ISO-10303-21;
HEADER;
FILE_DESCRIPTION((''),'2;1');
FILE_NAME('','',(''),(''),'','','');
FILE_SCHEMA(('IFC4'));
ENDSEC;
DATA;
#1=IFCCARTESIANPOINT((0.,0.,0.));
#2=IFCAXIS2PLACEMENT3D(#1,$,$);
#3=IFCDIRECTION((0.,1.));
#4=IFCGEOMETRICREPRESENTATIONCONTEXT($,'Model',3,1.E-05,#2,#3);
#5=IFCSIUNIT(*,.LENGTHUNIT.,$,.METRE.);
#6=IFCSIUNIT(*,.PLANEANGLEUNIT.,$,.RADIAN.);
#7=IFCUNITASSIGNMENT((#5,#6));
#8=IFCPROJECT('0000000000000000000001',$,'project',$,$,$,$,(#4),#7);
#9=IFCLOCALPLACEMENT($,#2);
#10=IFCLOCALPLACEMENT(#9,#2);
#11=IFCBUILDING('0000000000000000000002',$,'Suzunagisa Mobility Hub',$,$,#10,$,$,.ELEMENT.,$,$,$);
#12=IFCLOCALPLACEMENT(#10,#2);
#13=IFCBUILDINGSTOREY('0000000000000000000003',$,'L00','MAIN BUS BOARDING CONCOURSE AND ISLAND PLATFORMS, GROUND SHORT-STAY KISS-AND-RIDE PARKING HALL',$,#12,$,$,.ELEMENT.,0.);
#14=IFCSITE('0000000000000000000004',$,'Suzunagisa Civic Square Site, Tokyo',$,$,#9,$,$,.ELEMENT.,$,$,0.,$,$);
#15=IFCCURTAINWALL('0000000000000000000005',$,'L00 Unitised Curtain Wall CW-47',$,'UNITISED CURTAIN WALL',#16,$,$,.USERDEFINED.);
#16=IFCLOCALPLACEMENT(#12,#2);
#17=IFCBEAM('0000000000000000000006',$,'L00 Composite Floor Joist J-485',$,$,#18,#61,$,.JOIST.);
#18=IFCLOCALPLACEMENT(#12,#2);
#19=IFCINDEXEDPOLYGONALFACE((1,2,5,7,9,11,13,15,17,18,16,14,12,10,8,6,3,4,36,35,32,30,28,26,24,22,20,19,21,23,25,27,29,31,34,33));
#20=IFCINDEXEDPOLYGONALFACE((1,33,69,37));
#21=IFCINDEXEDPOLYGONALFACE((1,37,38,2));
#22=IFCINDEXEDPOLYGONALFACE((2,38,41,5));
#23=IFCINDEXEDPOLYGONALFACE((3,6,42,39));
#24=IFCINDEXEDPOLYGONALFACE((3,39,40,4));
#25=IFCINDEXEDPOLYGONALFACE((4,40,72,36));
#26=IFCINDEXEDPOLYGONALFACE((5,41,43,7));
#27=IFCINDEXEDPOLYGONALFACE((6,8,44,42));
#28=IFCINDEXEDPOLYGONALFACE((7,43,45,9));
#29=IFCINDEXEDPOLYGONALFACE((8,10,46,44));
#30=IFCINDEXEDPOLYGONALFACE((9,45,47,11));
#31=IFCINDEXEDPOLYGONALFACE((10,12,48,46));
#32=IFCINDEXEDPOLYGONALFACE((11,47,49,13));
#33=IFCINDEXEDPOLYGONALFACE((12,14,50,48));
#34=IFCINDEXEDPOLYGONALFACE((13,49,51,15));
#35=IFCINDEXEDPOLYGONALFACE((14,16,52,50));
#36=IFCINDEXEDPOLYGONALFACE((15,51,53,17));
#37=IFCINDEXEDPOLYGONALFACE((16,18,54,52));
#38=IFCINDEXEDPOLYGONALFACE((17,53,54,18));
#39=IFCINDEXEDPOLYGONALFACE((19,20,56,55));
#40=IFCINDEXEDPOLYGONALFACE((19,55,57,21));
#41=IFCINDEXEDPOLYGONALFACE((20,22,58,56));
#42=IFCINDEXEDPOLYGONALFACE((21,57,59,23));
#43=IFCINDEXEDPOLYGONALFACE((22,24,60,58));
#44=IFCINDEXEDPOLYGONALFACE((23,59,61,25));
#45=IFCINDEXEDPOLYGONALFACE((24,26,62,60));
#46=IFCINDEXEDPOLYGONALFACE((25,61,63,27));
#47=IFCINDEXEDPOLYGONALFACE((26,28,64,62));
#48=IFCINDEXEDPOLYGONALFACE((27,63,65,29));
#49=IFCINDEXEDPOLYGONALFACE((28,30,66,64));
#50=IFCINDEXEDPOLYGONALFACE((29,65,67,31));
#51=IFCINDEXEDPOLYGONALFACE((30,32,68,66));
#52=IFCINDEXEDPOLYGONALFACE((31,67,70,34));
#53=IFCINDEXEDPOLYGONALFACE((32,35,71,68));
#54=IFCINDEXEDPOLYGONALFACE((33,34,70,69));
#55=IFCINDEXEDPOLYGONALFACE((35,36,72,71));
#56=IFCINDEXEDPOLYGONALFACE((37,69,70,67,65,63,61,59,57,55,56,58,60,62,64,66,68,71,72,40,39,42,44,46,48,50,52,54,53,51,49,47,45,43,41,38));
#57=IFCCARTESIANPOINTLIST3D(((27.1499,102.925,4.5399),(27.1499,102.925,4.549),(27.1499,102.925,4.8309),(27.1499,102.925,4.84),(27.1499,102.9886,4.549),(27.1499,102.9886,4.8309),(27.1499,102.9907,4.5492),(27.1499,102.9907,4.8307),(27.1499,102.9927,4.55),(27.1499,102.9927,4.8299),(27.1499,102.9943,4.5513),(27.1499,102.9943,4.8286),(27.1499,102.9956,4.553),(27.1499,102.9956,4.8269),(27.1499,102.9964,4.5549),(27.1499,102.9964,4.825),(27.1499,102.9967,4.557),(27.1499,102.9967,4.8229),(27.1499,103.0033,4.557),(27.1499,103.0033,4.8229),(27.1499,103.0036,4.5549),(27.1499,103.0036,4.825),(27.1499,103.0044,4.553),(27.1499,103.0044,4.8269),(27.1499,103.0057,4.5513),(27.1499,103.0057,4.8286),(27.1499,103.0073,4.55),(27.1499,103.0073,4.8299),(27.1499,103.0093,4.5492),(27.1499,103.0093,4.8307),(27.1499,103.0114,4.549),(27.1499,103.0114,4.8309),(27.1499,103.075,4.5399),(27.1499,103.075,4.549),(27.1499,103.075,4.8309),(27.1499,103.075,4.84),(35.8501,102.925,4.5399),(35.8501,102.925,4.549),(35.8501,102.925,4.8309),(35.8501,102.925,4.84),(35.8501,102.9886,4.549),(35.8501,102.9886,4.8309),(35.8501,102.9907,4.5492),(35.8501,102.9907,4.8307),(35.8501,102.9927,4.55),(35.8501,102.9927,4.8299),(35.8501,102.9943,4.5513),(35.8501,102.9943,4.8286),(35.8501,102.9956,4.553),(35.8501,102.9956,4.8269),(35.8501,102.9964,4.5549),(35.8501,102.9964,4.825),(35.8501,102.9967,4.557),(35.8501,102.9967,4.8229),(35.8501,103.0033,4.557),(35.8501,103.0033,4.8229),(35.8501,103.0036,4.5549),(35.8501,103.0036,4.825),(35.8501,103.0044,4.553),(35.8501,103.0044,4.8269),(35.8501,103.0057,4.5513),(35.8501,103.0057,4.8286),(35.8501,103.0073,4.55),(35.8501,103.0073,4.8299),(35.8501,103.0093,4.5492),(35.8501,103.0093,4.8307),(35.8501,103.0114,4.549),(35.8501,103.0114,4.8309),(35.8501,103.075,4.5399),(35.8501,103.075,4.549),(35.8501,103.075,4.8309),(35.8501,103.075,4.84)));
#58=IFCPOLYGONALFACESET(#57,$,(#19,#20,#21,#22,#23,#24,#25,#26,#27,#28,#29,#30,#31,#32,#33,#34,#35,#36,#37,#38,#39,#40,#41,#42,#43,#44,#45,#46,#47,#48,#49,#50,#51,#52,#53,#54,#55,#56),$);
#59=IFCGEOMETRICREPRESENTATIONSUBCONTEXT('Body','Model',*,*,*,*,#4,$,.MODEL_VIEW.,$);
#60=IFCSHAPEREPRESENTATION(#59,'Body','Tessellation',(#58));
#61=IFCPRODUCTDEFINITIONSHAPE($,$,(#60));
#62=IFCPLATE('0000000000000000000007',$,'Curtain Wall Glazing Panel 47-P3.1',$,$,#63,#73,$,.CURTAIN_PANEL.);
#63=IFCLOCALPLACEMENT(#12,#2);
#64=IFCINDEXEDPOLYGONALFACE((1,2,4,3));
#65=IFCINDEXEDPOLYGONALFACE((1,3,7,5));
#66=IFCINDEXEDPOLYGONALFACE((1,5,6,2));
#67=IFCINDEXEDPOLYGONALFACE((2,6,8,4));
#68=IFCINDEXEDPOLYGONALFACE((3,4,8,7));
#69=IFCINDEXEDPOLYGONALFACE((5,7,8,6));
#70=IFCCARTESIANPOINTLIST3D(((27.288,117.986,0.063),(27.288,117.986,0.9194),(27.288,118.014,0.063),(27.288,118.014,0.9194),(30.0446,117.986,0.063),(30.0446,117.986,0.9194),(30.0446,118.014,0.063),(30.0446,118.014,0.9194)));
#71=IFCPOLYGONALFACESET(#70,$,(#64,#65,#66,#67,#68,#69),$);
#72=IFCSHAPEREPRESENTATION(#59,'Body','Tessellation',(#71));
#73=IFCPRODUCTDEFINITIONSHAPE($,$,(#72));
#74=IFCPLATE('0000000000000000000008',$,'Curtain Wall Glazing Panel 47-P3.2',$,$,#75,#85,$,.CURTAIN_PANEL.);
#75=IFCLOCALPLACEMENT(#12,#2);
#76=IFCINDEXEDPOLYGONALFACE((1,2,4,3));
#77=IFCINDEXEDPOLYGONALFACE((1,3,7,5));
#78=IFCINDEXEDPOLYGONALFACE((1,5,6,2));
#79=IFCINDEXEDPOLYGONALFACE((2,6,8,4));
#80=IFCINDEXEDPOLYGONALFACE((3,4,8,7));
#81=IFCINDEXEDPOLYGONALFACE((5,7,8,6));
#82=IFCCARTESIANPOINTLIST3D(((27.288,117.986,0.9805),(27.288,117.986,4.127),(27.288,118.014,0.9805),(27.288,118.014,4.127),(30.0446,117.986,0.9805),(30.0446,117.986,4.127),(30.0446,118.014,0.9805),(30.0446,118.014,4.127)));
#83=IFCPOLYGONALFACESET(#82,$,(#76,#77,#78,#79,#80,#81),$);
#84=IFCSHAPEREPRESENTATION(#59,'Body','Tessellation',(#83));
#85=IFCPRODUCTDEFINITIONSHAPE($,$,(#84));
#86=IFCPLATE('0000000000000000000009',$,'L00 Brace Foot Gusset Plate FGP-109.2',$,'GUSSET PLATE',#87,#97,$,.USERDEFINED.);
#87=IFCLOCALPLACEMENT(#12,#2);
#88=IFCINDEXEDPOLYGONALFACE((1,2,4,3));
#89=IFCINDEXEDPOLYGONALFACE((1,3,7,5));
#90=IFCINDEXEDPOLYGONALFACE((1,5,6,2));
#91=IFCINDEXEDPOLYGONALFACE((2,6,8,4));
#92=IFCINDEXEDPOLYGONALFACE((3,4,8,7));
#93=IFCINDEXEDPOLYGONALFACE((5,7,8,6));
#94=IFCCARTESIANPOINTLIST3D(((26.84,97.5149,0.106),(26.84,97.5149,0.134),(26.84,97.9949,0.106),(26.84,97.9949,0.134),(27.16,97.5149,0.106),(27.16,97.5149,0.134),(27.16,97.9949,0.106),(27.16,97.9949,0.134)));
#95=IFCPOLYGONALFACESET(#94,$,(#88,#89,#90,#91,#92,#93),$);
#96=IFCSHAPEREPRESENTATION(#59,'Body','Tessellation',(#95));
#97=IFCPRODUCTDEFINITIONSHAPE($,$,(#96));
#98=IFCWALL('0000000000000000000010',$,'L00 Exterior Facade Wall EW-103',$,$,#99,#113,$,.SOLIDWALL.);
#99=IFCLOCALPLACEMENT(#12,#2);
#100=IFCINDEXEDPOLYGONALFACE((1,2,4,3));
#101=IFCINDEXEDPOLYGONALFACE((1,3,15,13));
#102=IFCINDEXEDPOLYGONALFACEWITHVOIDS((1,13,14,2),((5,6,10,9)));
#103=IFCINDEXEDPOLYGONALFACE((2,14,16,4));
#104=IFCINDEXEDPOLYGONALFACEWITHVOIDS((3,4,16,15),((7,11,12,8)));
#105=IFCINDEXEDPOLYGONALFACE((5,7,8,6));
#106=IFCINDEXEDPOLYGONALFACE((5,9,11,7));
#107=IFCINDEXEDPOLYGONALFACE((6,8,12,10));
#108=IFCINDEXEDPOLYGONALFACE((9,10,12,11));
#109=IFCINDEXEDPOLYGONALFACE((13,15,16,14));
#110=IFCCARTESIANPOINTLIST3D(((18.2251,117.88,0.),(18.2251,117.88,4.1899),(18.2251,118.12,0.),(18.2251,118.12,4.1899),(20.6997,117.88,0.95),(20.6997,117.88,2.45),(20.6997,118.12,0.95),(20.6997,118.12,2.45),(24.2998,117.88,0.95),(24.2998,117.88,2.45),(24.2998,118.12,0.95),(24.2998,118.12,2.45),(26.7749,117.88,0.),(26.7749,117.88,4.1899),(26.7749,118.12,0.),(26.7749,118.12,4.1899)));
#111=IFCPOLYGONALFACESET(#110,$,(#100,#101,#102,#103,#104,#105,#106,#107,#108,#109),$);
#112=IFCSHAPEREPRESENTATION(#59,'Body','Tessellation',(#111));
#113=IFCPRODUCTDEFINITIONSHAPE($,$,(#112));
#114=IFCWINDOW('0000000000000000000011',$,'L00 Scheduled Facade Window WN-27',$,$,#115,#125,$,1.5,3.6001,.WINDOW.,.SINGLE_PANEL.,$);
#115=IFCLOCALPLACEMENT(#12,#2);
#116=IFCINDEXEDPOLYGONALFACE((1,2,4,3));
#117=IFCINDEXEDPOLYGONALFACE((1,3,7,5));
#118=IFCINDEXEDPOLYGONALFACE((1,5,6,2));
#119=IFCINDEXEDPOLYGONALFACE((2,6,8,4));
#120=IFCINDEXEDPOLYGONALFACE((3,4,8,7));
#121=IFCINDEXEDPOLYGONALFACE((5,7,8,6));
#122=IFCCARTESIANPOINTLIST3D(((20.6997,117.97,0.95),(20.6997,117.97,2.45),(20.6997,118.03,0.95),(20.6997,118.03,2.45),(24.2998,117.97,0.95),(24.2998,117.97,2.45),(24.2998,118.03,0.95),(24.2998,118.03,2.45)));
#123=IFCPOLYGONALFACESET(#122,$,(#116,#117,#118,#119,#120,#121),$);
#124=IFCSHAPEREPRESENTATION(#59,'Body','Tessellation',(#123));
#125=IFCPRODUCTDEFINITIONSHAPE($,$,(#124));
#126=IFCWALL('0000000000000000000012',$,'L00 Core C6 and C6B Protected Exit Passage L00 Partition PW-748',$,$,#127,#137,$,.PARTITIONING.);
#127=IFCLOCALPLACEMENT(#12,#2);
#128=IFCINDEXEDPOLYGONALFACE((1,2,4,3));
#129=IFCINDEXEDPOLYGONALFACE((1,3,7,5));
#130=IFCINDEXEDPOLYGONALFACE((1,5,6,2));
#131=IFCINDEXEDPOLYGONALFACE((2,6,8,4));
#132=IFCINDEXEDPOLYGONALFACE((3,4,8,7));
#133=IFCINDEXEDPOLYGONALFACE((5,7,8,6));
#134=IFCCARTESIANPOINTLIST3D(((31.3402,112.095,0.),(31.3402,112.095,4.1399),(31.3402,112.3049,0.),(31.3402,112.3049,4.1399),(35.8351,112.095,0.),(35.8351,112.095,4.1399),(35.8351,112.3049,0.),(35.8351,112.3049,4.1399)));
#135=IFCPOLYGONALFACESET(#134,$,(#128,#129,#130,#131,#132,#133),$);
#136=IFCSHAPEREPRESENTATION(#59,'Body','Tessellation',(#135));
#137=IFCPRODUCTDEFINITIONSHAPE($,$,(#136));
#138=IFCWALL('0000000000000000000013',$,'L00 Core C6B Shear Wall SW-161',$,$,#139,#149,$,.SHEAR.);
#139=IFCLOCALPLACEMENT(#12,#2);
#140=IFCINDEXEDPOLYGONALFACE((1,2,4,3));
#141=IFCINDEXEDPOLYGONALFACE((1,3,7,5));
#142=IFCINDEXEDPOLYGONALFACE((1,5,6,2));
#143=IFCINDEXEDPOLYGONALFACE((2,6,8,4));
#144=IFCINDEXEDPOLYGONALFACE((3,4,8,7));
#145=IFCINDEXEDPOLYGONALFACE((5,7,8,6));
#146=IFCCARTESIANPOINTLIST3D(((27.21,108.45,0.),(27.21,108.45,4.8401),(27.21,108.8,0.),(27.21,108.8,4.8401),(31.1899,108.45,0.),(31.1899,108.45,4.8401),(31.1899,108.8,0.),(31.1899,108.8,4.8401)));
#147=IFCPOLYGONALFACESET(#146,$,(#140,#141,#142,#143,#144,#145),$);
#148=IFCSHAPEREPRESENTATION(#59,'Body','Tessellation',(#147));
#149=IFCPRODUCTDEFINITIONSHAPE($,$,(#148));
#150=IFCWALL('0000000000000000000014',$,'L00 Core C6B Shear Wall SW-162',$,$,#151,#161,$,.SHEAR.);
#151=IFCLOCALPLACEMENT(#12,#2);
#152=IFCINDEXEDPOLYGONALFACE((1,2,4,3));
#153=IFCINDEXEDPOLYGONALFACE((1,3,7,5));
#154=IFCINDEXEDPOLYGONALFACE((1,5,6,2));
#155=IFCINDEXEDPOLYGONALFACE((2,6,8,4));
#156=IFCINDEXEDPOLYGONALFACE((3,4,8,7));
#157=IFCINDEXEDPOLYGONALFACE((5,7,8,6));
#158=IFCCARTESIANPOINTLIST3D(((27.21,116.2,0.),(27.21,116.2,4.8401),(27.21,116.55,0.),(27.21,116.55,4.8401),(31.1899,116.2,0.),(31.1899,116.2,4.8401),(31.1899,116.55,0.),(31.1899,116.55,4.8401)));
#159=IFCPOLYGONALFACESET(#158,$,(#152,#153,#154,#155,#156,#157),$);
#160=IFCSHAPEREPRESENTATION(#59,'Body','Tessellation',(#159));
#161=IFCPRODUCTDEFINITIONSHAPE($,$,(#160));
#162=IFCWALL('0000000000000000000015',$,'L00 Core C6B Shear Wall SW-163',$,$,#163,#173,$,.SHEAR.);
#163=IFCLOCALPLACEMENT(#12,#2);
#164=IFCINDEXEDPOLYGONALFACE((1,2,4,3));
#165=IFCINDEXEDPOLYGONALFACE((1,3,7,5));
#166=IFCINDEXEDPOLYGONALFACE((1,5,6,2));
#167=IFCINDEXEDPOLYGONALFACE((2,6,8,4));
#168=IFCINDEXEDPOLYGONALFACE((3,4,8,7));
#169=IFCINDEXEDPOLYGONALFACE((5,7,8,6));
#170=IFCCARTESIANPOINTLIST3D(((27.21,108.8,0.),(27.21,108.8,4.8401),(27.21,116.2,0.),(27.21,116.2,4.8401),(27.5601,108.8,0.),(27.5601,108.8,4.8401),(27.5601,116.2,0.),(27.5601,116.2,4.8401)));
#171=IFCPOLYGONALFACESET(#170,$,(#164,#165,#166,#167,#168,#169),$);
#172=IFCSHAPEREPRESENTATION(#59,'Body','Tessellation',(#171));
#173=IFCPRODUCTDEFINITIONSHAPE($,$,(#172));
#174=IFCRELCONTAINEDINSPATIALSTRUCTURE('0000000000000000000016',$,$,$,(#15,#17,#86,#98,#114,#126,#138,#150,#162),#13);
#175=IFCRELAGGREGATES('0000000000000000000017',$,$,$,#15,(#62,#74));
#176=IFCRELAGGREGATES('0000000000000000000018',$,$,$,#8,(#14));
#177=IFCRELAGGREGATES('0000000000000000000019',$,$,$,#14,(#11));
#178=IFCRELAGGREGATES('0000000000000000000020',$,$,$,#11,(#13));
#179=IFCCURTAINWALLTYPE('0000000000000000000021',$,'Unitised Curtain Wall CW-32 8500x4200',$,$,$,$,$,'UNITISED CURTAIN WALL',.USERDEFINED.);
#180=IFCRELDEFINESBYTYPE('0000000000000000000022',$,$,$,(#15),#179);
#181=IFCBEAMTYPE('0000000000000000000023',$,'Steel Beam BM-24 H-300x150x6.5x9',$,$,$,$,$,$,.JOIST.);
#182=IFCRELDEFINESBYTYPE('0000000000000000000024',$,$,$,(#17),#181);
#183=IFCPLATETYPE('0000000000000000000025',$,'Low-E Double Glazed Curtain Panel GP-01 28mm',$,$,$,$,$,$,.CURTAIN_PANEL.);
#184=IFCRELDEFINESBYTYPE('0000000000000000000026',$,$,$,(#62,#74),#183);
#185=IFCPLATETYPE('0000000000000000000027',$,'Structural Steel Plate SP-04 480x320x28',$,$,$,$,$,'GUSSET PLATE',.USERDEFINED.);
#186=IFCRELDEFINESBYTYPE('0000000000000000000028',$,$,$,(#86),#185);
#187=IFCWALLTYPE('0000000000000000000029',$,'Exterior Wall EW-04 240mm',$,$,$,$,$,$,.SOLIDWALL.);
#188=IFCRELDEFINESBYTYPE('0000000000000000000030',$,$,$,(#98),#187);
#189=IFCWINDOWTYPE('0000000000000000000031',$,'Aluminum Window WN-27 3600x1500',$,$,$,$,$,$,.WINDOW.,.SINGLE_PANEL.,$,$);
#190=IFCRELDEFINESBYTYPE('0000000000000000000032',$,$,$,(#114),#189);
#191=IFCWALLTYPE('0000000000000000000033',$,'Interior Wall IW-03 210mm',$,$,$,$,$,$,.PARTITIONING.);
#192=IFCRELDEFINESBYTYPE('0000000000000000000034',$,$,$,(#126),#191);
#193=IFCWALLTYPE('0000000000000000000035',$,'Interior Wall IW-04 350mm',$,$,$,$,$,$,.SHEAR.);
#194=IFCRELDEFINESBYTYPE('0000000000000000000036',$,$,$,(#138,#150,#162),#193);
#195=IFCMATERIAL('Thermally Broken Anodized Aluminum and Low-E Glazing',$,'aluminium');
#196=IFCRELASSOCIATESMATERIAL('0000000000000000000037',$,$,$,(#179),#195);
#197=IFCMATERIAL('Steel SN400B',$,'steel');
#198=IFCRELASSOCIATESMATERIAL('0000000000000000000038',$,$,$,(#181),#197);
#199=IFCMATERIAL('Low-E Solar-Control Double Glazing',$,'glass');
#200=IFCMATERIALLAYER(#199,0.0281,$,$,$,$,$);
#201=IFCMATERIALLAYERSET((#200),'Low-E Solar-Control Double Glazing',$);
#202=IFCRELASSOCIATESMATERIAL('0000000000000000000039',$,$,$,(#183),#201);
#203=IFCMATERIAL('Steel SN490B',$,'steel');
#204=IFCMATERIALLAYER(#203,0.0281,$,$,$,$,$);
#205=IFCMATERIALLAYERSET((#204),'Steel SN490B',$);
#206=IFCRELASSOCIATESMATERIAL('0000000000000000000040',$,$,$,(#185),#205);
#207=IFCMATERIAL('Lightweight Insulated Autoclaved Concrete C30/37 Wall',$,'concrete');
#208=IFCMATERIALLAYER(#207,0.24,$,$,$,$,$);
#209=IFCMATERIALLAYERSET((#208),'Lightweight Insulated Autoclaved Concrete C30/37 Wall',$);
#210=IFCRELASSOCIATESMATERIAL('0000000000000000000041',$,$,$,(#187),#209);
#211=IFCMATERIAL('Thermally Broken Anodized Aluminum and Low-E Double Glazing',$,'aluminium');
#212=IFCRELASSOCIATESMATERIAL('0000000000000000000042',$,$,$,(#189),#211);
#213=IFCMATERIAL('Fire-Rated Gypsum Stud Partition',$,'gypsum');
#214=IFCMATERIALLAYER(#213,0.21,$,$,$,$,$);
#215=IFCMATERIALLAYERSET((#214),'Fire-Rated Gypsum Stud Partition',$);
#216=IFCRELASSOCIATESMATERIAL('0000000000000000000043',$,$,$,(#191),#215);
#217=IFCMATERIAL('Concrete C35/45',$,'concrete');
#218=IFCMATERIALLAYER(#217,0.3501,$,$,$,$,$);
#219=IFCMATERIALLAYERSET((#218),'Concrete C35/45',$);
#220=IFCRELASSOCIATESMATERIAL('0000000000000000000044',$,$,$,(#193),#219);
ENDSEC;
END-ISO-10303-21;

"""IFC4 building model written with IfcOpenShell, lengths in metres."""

from ifc_helpers import new_model, si_unit, direction, frame, frame_2d, origin, origin_2d, place, context, subcontext, project, spatial, rectangle, i_section, extrude, material, layer, layer_set, material_profile, profile_set, type_object, element, fill, aggregate, save


model = new_model("IFC4")

# Units and contexts
model_context = context("Model", 3, precision=1e-05, world=origin(), true_north=direction((0.0, 1.0)))
body_context = subcontext(model_context, "Body", "Model", "MODEL_VIEW")
ifc_project = project(units=[si_unit("LENGTHUNIT", "METRE"), si_unit("PLANEANGLEUNIT", "RADIAN")], contexts=[model_context])

# Site, building, storey
site_placement = place(None, origin())
site = spatial("IfcSite", under=ifc_project, at=site_placement, Name="Suzunagisa Civic Square Site, Tokyo", CompositionType="ELEMENT", RefElevation=0.0)
building_placement = place(site_placement, origin())
building = spatial("IfcBuilding", under=site, at=building_placement, Name="Suzunagisa Mobility Hub", CompositionType="ELEMENT")
storey_placement = place(building_placement, origin())
storey = spatial("IfcBuildingStorey", under=building, at=storey_placement, Name="L00", Description="MAIN BUS BOARDING CONCOURSE AND ISLAND PLATFORMS, GROUND SHORT-STAY KISS-AND-RIDE PARKING HALL", CompositionType="ELEMENT", Elevation=0.0)

# Shared definitions
ifc_material_1 = material(Name="Steel SN490B", Category="steel")

# Curtain wall
ifc_material_2 = material(Name="Thermally Broken Anodized Aluminum and Low-E Glazing", Category="aluminium")
curtain_wall_type = type_object("IfcCurtainWallType", Name="Unitised Curtain Wall CW-32 8500x4200", ElementType="UNITISED CURTAIN WALL", PredefinedType="USERDEFINED", material=ifc_material_2)
curtain_wall_placement = place(storey_placement, origin())
curtain_wall = element("IfcCurtainWall", 1, at=curtain_wall_placement, inside=storey, type_object=curtain_wall_type, Name="L00 Unitised Curtain Wall CW-47", ObjectType="UNITISED CURTAIN WALL", PredefinedType="USERDEFINED")

# Beam
ifc_material_3 = material(Name="Steel SN400B", Category="steel")
ifc_material_profile_1 = material_profile(ifc_material_3, i_section(OverallWidth=0.1499, OverallDepth=0.3, WebThickness=0.0066, FlangeThickness=0.009, FilletRadius=0.0081, at=origin_2d()), Name="H-300x150x6.5x9")
ifc_profile_set_1 = profile_set([ifc_material_profile_1], Name="Steel SN400B")
beam_type_1 = type_object("IfcBeamType", Name="Steel Beam BM-24 H-300x150x6.5x9", PredefinedType="JOIST", material=ifc_profile_set_1)
beam_placement = place(storey_placement, frame((27.1499, 103.0, 4.6899), z_axis=(1.0, 0.0, 0.0), x_axis=(0.0, 1.0, 0.0)))
element("IfcBeam", 2, at=beam_placement, inside=storey, type_object=beam_type_1, Name="L00 Composite Floor Joist J-485", PredefinedType="JOIST", context=body_context, shape_type="SweptSolid", body=[
    extrude(i_section(OverallWidth=0.1499, OverallDepth=0.3, WebThickness=0.0066, FlangeThickness=0.009, FilletRadius=0.0081, at=origin_2d()), origin(), (0.0, 0.0, 1.0), 8.7002),
])

# Plates
ifc_material_4 = material(Name="Low-E Solar-Control Double Glazing", Category="glass")
ifc_layer_1 = layer(ifc_material_4, 0.0281)
ifc_layer_set_1 = layer_set([ifc_layer_1], Name="Low-E Solar-Control Double Glazing")
plate_type_1 = type_object("IfcPlateType", Name="Low-E Double Glazed Curtain Panel GP-01 28mm", PredefinedType="CURTAIN_PANEL", material=ifc_layer_set_1)
plate_1_placement = place(storey_placement, frame((28.6663, 118.0, 0.063), z_axis=(0.0, 0.0, 1.0), x_axis=(-1.0, 0.0, 0.0)))
plate_1 = element("IfcPlate", 3, at=plate_1_placement, type_object=plate_type_1, Name="Curtain Wall Glazing Panel 47-P3.1", PredefinedType="CURTAIN_PANEL", context=body_context, shape_type="SweptSolid", body=[
    extrude(rectangle(XDim=2.7566, YDim=0.0281, at=origin_2d()), origin(), (0.0, 0.0, 1.0), 0.8564),
])
plate_2_placement = place(storey_placement, frame((28.6663, 118.0, 0.9805), z_axis=(0.0, 0.0, 1.0), x_axis=(-1.0, 0.0, 0.0)))
plate_2 = element("IfcPlate", 4, at=plate_2_placement, type_object=plate_type_1, Name="Curtain Wall Glazing Panel 47-P3.2", PredefinedType="CURTAIN_PANEL", context=body_context, shape_type="SweptSolid", body=[
    extrude(rectangle(XDim=2.7566, YDim=0.0281, at=origin_2d()), origin(), (0.0, 0.0, 1.0), 3.1465),
])
aggregate(curtain_wall, [plate_1, plate_2])
ifc_layer_2 = layer(ifc_material_1, 0.0281)
ifc_layer_set_2 = layer_set([ifc_layer_2], Name="Steel SN490B")
plate_type_2 = type_object("IfcPlateType", Name="Structural Steel Plate SP-04 480x320x28", ElementType="GUSSET PLATE", PredefinedType="USERDEFINED", material=ifc_layer_set_2)
plate_3_placement = place(storey_placement, frame((27.0, 97.7549, 0.106), z_axis=(0.0, 0.0, 1.0), x_axis=(1.0, 0.0, 0.0)))
element("IfcPlate", 5, at=plate_3_placement, inside=storey, type_object=plate_type_2, Name="L00 Brace Foot Gusset Plate FGP-109.2", ObjectType="GUSSET PLATE", PredefinedType="USERDEFINED", context=body_context, shape_type="SweptSolid", body=[
    extrude(rectangle(XDim=0.3201, YDim=0.48, at=origin_2d()), origin(), (0.0, 0.0, 1.0), 0.0281),
])

# Wall, opening, window
ifc_material_5 = material(Name="Lightweight Insulated Autoclaved Concrete C30/37 Wall", Category="concrete")
ifc_layer_3 = layer(ifc_material_5, 0.24)
ifc_layer_set_3 = layer_set([ifc_layer_3], Name="Lightweight Insulated Autoclaved Concrete C30/37 Wall")
wall_type_1 = type_object("IfcWallType", Name="Exterior Wall EW-04 240mm", PredefinedType="SOLIDWALL", material=ifc_layer_set_3)
wall_1_placement = place(storey_placement, frame((26.7749, 118.0, 0.0), z_axis=(0.0, 0.0, 1.0), x_axis=(-1.0, 0.0, 0.0)))
wall_1 = element("IfcWall", 6, at=wall_1_placement, inside=storey, type_object=wall_type_1, Name="L00 Exterior Facade Wall EW-103", PredefinedType="SOLIDWALL", context=body_context, shape_type="SweptSolid", body=[
    extrude(rectangle(XDim=8.5498, YDim=0.24, at=frame_2d((4.2749, 0.0))), origin(), (0.0, 0.0, 1.0), 4.1899),
])
opening_1_placement = place(wall_1_placement, frame((2.4751, 0.0, 0.95)))
opening_1 = element("IfcOpeningElement", 7, at=opening_1_placement, cuts=wall_1, PredefinedType="OPENING", context=body_context, shape_type="SweptSolid", body=[
    extrude(rectangle(XDim=3.6001, YDim=1.5, at=frame_2d((1.8, 0.75))), frame((0.0, 0.1309, 0.0), z_axis=(0.0, -1.0, 0.0), x_axis=(1.0, 0.0, 0.0)), (0.0, 0.0, 1.0), 0.262),
])
ifc_material_6 = material(Name="Thermally Broken Anodized Aluminum and Low-E Double Glazing", Category="aluminium")
window_type = type_object("IfcWindowType", Name="Aluminum Window WN-27 3600x1500", PartitioningType="SINGLE_PANEL", PredefinedType="WINDOW", material=ifc_material_6)
window_placement = place(opening_1_placement, origin())
window = element("IfcWindow", 8, at=window_placement, inside=storey, type_object=window_type, Name="L00 Scheduled Facade Window WN-27", OverallHeight=1.5, OverallWidth=3.6001, PartitioningType="SINGLE_PANEL", PredefinedType="WINDOW", context=body_context, shape_type="SweptSolid", body=[
    extrude(rectangle(XDim=3.6001, YDim=1.5, at=frame_2d((1.8, 0.75))), frame((0.0, 0.03, 0.0), z_axis=(0.0, -1.0, 0.0), x_axis=(1.0, 0.0, 0.0)), (0.0, 0.0, 1.0), 0.0601),
])
fill(opening_1, window)

# Walls
ifc_material_7 = material(Name="Fire-Rated Gypsum Stud Partition", Category="gypsum")
ifc_layer_4 = layer(ifc_material_7, 0.21)
ifc_layer_set_4 = layer_set([ifc_layer_4], Name="Fire-Rated Gypsum Stud Partition")
wall_type_2 = type_object("IfcWallType", Name="Interior Wall IW-03 210mm", PredefinedType="PARTITIONING", material=ifc_layer_set_4)
wall_2_placement = place(storey_placement, frame((31.3401, 112.2, 0.0), z_axis=(0.0, 0.0, 1.0), x_axis=(1.0, 0.0, 0.0)))
element("IfcWall", 9, at=wall_2_placement, inside=storey, type_object=wall_type_2, Name="L00 Core C6 and C6B Protected Exit Passage L00 Partition PW-748", PredefinedType="PARTITIONING", context=body_context, shape_type="SweptSolid", body=[
    extrude(rectangle(XDim=4.4949, YDim=0.21, at=frame_2d((2.2476, 0.0))), origin(), (0.0, 0.0, 1.0), 4.1399),
])
ifc_material_8 = material(Name="Concrete C35/45", Category="concrete")
ifc_layer_5 = layer(ifc_material_8, 0.3501)
ifc_layer_set_5 = layer_set([ifc_layer_5], Name="Concrete C35/45")
wall_type_3 = type_object("IfcWallType", Name="Interior Wall IW-04 350mm", PredefinedType="SHEAR", material=ifc_layer_set_5)
for number, where, z_axis, x_axis, name in (
    (10, (27.21, 108.625, 0.0), (0.0, 0.0, 1.0), (1.0, 0.0, 0.0), "L00 Core C6B Shear Wall SW-161"),
    (11, (27.21, 116.375, 0.0), (0.0, 0.0, 1.0), (1.0, 0.0, 0.0), "L00 Core C6B Shear Wall SW-162"),
):
    element("IfcWall", number, at=place(storey_placement, frame(where, z_axis=z_axis, x_axis=x_axis)), inside=storey, type_object=wall_type_3, Name=name, PredefinedType="SHEAR", context=body_context, shape_type="SweptSolid", body=[
        extrude(rectangle(XDim=3.98, YDim=0.3501, at=frame_2d((1.99, 0.0))), origin(), (0.0, 0.0, 1.0), 4.8401),
    ])
wall_3_placement = place(storey_placement, frame((27.385, 108.8, 0.0), z_axis=(0.0, 0.0, 1.0), x_axis=(0.0, 1.0, 0.0)))
element("IfcWall", 12, at=wall_3_placement, inside=storey, type_object=wall_type_3, Name="L00 Core C6B Shear Wall SW-163", PredefinedType="SHEAR", context=body_context, shape_type="SweptSolid", body=[
    extrude(rectangle(XDim=7.3999, YDim=0.3501, at=frame_2d((3.7, 0.0))), origin(), (0.0, 0.0, 1.0), 4.8401),
])

save(model, "model.ifc")
